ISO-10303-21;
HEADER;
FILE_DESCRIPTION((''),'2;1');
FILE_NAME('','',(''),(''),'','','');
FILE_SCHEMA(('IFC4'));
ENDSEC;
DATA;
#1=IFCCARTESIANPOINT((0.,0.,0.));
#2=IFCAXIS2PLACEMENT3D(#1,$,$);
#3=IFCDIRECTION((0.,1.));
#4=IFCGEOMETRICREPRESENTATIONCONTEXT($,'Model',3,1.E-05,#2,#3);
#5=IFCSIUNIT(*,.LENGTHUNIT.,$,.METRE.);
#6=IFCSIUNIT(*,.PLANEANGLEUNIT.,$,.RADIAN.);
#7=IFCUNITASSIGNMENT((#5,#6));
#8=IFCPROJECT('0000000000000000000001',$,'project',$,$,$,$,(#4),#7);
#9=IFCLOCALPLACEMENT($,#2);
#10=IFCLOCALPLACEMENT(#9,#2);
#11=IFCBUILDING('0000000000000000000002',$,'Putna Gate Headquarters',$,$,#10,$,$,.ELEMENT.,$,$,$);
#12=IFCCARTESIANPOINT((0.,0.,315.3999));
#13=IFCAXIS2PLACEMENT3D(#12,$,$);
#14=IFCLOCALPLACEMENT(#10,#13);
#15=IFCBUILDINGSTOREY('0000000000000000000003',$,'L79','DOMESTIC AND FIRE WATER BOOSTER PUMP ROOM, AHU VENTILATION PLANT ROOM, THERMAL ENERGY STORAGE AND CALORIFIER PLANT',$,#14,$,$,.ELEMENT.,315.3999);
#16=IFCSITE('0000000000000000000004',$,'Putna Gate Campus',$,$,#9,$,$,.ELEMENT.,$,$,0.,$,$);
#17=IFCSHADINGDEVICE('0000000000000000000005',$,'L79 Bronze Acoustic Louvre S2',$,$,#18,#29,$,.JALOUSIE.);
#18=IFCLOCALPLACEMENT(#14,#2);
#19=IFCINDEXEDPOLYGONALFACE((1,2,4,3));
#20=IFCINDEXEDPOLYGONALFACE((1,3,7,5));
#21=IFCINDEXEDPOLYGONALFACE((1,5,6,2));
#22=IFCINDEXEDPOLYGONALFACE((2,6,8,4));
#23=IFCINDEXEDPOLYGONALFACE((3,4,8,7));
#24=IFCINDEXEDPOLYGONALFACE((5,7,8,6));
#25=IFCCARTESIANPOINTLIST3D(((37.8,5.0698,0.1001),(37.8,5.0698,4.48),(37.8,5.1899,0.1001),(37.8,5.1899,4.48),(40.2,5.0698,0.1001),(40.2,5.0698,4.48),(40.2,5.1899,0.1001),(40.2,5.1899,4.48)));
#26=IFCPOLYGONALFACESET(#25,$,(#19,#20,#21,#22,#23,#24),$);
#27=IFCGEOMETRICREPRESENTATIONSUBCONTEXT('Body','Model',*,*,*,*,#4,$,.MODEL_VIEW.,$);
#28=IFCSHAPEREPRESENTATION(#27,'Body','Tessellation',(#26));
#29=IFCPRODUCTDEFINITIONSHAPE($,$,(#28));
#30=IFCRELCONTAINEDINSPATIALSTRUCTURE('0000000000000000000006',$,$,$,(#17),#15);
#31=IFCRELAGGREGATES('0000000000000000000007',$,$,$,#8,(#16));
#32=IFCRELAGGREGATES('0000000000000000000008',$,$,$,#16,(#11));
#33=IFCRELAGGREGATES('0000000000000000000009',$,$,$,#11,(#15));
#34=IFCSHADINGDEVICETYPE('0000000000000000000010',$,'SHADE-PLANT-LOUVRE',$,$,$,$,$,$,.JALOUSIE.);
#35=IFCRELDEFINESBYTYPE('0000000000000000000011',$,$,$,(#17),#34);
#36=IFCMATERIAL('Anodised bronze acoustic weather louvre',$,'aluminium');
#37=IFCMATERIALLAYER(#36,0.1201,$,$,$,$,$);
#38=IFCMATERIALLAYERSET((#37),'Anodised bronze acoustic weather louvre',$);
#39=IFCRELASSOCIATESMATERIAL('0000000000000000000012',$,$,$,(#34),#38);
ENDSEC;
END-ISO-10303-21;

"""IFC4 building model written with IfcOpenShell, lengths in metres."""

from ifc_helpers import new_model, si_unit, direction, frame, origin, origin_2d, place, context, subcontext, project, spatial, rectangle, extrude, material, layer, layer_set, type_object, element, save


model = new_model("IFC4")

# Units and contexts
model_context = context("Model", 3, precision=1e-05, world=origin(), true_north=direction((0.0, 1.0)))
body_context = subcontext(model_context, "Body", "Model", "MODEL_VIEW")
ifc_project = project(units=[si_unit("LENGTHUNIT", "METRE"), si_unit("PLANEANGLEUNIT", "RADIAN")], contexts=[model_context])

# Site, building, storey
site_placement = place(None, origin())
site = spatial("IfcSite", under=ifc_project, at=site_placement, Name="Putna Gate Campus", CompositionType="ELEMENT", RefElevation=0.0)
building_placement = place(site_placement, origin())
building = spatial("IfcBuilding", under=site, at=building_placement, Name="Putna Gate Headquarters", CompositionType="ELEMENT")
storey_placement = place(building_placement, frame((0.0, 0.0, 315.3999)))
storey = spatial("IfcBuildingStorey", under=building, at=storey_placement, Name="L79", Description="DOMESTIC AND FIRE WATER BOOSTER PUMP ROOM, AHU VENTILATION PLANT ROOM, THERMAL ENERGY STORAGE AND CALORIFIER PLANT", CompositionType="ELEMENT", Elevation=315.3999)

# Shading device
ifc_material_1 = material(Name="Anodised bronze acoustic weather louvre", Category="aluminium")
ifc_layer_1 = layer(ifc_material_1, 0.1201)
ifc_layer_set_1 = layer_set([ifc_layer_1], Name="Anodised bronze acoustic weather louvre")
shading_device_type = type_object("IfcShadingDeviceType", Name="SHADE-PLANT-LOUVRE", PredefinedType="JALOUSIE", material=ifc_layer_set_1)
shading_device_placement = place(storey_placement, frame((39.0, 5.1299, 0.1001), z_axis=(0.0, 0.0, 1.0), x_axis=(1.0, 0.0, 0.0)))
element("IfcShadingDevice", 1, at=shading_device_placement, inside=storey, type_object=shading_device_type, Name="L79 Bronze Acoustic Louvre S2", PredefinedType="JALOUSIE", context=body_context, shape_type="SweptSolid", body=[
    extrude(rectangle(XDim=2.3999, YDim=0.1201, at=origin_2d()), origin(), (0.0, 0.0, 1.0), 4.3799),
])

save(model, "model.ifc")
